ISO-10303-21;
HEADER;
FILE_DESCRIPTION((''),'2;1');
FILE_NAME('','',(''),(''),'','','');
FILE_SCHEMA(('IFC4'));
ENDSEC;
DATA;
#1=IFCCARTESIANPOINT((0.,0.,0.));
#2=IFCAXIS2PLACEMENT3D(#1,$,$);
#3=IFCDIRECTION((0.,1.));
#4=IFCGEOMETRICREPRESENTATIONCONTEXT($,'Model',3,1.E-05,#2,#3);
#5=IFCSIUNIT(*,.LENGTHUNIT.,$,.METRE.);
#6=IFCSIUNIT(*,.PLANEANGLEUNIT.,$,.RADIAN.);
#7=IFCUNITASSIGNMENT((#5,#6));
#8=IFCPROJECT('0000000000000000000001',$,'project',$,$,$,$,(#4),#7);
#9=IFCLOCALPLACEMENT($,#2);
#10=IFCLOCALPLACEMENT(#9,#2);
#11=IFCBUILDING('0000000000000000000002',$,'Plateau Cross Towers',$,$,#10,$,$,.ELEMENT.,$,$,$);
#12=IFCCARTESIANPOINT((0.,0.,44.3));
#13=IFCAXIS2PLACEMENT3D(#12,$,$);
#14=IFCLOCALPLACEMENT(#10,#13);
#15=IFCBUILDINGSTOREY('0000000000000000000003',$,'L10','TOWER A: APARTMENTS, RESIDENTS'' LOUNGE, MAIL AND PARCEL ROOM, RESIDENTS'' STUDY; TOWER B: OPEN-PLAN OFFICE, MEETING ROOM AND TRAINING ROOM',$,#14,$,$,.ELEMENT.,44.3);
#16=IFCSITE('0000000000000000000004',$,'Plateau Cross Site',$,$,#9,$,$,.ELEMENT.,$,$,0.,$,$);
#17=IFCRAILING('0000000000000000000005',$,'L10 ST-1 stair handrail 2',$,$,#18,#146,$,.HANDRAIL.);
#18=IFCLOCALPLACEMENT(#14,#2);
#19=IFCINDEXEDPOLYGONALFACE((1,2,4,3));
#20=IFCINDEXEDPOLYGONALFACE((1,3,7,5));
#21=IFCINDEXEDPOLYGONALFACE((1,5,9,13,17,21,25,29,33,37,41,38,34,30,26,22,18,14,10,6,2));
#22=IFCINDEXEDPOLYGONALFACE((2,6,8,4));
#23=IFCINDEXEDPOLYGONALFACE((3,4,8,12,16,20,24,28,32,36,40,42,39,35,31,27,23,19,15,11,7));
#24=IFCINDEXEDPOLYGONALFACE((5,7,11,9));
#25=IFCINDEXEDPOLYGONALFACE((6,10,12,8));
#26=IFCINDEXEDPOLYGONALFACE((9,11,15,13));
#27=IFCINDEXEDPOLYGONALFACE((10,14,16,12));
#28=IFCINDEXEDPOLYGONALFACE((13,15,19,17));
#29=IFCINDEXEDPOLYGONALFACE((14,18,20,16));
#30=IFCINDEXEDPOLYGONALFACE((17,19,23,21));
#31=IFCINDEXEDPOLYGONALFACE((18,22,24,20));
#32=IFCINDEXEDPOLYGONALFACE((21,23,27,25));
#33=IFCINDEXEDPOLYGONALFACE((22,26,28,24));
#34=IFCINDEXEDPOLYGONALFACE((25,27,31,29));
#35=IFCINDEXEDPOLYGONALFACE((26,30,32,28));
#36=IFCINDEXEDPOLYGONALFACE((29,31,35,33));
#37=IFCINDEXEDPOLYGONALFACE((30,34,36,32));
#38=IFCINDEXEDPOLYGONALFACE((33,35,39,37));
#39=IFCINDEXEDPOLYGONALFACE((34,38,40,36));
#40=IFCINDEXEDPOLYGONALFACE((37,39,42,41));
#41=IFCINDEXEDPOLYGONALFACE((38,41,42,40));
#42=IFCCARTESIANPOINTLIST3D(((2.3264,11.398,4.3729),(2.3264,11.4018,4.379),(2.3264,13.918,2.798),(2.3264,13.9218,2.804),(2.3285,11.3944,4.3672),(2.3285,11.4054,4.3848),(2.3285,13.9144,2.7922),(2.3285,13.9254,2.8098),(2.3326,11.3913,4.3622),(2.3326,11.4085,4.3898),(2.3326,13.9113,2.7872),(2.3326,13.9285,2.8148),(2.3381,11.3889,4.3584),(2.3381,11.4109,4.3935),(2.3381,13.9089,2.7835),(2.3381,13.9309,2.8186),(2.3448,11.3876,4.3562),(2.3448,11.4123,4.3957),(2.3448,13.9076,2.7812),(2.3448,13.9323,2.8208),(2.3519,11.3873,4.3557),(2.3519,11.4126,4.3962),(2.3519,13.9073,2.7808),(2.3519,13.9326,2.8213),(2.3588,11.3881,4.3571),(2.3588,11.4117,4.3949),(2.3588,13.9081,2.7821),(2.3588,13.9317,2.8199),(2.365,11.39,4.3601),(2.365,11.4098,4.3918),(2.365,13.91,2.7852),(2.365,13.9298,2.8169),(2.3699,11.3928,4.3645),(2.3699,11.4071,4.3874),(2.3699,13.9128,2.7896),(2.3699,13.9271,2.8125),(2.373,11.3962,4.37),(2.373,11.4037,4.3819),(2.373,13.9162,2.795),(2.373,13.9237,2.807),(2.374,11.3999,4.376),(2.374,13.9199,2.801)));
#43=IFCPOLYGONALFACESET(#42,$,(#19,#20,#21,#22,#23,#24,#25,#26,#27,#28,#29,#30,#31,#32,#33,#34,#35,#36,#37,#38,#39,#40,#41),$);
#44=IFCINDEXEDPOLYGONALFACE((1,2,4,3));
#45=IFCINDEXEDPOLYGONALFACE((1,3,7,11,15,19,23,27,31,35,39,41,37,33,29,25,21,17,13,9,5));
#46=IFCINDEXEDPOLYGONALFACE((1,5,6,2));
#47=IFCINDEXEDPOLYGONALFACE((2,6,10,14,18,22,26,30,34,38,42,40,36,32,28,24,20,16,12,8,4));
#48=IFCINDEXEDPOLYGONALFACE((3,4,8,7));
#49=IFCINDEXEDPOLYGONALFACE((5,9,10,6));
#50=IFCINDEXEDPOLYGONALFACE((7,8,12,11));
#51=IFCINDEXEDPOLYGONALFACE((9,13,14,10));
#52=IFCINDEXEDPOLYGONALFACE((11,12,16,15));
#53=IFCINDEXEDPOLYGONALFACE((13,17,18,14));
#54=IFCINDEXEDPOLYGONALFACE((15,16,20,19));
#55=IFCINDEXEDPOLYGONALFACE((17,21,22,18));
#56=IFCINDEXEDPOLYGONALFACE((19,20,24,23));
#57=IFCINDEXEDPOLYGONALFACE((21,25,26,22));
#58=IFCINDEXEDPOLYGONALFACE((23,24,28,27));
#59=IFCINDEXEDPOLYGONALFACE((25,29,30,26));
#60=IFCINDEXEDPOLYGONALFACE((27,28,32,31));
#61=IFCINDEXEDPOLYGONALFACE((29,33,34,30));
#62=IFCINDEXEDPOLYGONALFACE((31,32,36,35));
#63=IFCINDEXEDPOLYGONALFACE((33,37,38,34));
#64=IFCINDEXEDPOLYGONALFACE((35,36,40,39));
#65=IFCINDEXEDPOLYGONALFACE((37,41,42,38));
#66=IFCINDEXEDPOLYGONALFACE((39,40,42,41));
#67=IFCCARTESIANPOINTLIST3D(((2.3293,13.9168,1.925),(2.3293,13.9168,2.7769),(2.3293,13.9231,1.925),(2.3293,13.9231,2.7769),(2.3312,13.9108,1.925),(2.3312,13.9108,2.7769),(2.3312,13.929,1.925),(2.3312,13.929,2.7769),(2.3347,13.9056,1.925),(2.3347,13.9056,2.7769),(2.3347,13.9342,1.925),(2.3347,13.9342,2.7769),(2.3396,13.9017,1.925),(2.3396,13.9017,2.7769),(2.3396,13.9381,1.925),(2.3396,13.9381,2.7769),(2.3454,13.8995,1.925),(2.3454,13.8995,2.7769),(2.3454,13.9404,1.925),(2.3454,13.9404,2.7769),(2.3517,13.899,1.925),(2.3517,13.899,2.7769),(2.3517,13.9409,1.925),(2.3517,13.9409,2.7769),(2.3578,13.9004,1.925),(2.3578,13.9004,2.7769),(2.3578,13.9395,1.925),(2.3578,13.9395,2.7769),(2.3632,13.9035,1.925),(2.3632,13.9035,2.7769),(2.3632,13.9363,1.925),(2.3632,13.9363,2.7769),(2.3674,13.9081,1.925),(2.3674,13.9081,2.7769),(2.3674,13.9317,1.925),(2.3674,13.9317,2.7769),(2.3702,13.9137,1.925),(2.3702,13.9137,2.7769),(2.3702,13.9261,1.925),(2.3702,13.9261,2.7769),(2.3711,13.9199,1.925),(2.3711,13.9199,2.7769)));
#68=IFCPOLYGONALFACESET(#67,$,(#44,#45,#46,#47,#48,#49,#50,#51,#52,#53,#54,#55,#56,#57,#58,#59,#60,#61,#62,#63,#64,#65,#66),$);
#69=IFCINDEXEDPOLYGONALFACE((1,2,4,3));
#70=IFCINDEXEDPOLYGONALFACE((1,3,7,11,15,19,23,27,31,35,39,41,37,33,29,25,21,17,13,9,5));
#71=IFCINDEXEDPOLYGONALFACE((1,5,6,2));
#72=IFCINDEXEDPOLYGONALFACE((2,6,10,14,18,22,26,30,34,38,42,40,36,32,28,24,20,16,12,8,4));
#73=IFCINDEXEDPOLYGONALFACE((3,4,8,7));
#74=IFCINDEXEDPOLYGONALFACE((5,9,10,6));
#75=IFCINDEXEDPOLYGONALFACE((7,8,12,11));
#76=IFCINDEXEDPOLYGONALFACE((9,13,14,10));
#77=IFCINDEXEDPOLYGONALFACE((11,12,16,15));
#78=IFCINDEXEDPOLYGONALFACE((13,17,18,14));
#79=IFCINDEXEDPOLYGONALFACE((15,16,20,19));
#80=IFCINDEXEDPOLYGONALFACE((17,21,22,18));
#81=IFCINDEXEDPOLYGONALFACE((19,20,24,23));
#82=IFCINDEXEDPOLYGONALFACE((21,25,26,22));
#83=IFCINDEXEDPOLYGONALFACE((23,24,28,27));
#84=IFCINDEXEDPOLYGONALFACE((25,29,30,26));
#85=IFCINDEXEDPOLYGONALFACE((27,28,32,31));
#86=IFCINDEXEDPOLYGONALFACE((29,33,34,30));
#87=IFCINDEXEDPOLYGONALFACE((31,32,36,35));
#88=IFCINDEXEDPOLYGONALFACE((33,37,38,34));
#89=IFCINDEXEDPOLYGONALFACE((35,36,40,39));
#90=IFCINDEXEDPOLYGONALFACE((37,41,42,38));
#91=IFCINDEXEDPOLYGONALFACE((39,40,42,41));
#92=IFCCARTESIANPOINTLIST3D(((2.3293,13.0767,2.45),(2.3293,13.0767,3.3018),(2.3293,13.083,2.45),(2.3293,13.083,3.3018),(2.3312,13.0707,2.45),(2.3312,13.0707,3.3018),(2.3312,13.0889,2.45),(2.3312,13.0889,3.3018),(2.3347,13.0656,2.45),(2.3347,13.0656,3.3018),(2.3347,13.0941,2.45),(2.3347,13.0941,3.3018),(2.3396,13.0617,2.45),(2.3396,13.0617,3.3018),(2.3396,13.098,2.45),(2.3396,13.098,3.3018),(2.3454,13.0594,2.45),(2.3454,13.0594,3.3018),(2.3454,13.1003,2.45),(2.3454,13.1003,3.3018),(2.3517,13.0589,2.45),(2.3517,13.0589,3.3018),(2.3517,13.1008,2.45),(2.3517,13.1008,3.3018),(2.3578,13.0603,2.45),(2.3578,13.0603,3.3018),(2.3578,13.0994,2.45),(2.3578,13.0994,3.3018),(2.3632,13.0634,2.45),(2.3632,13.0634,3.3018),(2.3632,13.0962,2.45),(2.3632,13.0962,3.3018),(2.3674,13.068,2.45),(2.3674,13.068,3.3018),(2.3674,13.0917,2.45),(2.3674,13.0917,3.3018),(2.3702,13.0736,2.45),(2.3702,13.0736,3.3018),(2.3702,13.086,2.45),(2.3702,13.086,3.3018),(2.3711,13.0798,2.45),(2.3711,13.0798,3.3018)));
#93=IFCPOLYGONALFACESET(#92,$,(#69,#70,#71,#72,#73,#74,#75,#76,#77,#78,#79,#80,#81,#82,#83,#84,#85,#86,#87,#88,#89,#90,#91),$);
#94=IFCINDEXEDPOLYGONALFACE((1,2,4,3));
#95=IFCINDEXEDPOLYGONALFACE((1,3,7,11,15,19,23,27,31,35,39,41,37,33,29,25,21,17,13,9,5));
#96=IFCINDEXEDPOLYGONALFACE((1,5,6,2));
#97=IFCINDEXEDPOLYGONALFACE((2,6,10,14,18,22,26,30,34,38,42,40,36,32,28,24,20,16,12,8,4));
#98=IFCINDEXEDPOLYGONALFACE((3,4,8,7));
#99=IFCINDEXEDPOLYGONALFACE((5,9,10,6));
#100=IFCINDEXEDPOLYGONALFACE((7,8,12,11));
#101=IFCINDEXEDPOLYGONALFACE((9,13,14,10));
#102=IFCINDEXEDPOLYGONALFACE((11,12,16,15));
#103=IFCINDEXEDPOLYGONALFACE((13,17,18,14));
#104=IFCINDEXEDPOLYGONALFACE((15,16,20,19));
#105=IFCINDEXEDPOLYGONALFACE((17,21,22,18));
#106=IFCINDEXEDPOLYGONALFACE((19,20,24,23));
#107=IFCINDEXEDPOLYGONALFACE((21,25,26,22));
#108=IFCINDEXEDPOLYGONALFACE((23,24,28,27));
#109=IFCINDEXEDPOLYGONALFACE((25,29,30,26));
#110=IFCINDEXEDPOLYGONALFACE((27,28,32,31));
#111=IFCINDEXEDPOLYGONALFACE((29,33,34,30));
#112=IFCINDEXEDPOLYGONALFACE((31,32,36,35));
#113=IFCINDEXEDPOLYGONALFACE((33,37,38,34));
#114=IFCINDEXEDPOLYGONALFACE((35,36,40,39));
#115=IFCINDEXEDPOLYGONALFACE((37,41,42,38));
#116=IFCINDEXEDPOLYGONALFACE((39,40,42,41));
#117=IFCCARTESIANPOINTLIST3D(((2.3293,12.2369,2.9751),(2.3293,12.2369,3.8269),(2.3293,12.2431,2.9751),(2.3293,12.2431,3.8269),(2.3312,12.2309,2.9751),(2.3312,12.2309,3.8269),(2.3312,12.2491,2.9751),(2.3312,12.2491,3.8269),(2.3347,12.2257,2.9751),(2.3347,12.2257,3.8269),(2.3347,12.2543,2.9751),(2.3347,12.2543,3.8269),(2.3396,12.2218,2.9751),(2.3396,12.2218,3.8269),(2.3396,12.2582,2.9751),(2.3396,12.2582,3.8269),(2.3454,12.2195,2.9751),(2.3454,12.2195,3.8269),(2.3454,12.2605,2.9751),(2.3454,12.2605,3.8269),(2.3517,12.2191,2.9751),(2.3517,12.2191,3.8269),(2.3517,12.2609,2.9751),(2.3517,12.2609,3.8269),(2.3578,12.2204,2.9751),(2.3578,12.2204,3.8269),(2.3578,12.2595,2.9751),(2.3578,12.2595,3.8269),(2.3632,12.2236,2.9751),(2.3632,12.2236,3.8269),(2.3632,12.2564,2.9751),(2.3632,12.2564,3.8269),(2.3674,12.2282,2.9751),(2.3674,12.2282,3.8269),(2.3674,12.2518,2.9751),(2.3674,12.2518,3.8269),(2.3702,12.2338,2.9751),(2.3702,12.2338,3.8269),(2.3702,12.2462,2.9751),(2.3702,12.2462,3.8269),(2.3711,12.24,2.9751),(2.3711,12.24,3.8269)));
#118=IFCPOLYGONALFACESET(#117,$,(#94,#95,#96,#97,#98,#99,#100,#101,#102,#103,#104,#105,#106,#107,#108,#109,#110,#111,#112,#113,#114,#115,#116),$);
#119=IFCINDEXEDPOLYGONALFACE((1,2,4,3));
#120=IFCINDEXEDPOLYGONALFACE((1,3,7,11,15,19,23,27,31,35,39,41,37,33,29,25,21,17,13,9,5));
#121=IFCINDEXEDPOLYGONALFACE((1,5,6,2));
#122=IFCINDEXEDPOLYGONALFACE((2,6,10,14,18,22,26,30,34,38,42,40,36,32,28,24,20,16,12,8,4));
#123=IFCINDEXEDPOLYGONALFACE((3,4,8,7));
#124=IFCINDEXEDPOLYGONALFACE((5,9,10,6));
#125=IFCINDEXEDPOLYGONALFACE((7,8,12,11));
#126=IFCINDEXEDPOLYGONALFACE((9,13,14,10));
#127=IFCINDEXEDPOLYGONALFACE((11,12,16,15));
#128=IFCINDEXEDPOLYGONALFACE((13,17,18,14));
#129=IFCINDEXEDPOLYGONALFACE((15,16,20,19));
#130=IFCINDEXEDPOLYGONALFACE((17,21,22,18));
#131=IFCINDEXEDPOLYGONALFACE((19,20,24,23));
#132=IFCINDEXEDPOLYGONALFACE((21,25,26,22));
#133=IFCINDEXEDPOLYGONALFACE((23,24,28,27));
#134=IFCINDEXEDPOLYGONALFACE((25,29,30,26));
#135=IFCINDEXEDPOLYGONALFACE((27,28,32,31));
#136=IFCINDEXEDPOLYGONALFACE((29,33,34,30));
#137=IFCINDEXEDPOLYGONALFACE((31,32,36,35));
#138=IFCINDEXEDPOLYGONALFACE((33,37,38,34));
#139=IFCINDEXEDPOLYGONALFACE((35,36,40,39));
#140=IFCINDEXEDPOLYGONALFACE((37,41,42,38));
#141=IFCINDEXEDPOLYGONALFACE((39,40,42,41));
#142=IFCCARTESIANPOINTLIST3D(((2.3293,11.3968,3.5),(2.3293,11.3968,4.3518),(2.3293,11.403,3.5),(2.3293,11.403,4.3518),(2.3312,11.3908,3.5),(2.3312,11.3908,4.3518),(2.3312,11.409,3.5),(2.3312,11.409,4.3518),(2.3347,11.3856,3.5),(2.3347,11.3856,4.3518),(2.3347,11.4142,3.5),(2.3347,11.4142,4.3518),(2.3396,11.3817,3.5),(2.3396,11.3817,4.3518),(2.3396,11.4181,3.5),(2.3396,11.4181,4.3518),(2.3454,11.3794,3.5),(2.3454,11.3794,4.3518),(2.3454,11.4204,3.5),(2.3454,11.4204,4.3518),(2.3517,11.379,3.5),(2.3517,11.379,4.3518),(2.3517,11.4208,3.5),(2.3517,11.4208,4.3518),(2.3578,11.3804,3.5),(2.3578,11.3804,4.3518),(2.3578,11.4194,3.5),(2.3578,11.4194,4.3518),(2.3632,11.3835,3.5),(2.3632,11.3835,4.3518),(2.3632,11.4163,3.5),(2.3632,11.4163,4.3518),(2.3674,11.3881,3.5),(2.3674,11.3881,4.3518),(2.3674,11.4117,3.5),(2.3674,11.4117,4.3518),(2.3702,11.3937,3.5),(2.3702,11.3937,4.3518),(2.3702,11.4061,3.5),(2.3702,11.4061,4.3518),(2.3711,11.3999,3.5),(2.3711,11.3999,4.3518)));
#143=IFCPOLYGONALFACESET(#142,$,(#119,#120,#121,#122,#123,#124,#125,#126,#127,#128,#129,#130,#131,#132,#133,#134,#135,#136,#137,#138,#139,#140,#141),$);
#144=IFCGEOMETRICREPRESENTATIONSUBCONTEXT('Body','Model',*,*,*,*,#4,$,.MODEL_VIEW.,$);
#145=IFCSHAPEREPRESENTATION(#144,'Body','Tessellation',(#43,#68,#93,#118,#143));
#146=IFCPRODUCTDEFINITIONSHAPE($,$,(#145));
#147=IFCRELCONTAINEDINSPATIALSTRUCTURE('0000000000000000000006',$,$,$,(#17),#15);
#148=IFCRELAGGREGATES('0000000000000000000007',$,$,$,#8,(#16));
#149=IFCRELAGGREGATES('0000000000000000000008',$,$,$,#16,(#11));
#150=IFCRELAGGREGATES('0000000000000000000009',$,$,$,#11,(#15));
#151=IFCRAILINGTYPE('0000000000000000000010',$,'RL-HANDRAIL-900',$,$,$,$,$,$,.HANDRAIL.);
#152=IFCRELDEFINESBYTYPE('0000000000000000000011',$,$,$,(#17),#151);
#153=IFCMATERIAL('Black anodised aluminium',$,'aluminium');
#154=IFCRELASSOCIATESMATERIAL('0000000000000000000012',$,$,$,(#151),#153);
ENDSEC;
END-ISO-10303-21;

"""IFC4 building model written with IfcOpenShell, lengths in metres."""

from ifc_helpers import new_model, si_unit, direction, frame, origin, origin_2d, place, context, subcontext, project, spatial, circle, extrude, material, type_object, element, save


model = new_model("IFC4")

# Units and contexts
model_context = context("Model", 3, precision=1e-05, world=origin(), true_north=direction((0.0, 1.0)))
body_context = subcontext(model_context, "Body", "Model", "MODEL_VIEW")
ifc_project = project(units=[si_unit("LENGTHUNIT", "METRE"), si_unit("PLANEANGLEUNIT", "RADIAN")], contexts=[model_context])

# Site, building, storey
site_placement = place(None, origin())
site = spatial("IfcSite", under=ifc_project, at=site_placement, Name="Plateau Cross Site", CompositionType="ELEMENT", RefElevation=0.0)
building_placement = place(site_placement, origin())
building = spatial("IfcBuilding", under=site, at=building_placement, Name="Plateau Cross Towers", CompositionType="ELEMENT")
storey_placement = place(building_placement, frame((0.0, 0.0, 44.3)))
storey = spatial("IfcBuildingStorey", under=building, at=storey_placement, Name="L10", Description="TOWER A: APARTMENTS, RESIDENTS' LOUNGE, MAIL AND PARCEL ROOM, RESIDENTS' STUDY; TOWER B: OPEN-PLAN OFFICE, MEETING ROOM AND TRAINING ROOM", CompositionType="ELEMENT", Elevation=44.3)

# Shared definitions
ifc_material_1 = material(Name="Black anodised aluminium", Category="aluminium")

# Railing
railing_type_1 = type_object("IfcRailingType", Name="RL-HANDRAIL-900", PredefinedType="HANDRAIL", material=ifc_material_1)
railing_1_placement = place(storey_placement, frame((2.3501, 13.9199, 1.925)))
element("IfcRailing", 1, at=railing_1_placement, inside=storey, type_object=railing_type_1, Name="L10 ST-1 stair handrail 2", PredefinedType="HANDRAIL", context=body_context, shape_type="SweptSolid", body=[
    extrude(circle(Radius=0.0239, at=origin_2d()), frame((0.0, 0.0, 0.876), z_axis=(0.0, -0.848008, 0.529984), x_axis=(1.0, 0.0, 0.0)), (0.0, 0.0, 1.0), 2.9717),
    extrude(circle(Radius=0.021, at=origin_2d()), origin(), (0.0, 0.0, 1.0), 0.8518),
    extrude(circle(Radius=0.021, at=origin_2d()), frame((0.0, -0.8401, 0.5249)), (0.0, 0.0, 1.0), 0.8518),
    extrude(circle(Radius=0.021, at=origin_2d()), frame((0.0, -1.6799, 1.05)), (0.0, 0.0, 1.0), 0.8518),
    extrude(circle(Radius=0.021, at=origin_2d()), frame((0.0, -2.52, 1.575)), (0.0, 0.0, 1.0), 0.8518),
])

save(model, "model.ifc")
